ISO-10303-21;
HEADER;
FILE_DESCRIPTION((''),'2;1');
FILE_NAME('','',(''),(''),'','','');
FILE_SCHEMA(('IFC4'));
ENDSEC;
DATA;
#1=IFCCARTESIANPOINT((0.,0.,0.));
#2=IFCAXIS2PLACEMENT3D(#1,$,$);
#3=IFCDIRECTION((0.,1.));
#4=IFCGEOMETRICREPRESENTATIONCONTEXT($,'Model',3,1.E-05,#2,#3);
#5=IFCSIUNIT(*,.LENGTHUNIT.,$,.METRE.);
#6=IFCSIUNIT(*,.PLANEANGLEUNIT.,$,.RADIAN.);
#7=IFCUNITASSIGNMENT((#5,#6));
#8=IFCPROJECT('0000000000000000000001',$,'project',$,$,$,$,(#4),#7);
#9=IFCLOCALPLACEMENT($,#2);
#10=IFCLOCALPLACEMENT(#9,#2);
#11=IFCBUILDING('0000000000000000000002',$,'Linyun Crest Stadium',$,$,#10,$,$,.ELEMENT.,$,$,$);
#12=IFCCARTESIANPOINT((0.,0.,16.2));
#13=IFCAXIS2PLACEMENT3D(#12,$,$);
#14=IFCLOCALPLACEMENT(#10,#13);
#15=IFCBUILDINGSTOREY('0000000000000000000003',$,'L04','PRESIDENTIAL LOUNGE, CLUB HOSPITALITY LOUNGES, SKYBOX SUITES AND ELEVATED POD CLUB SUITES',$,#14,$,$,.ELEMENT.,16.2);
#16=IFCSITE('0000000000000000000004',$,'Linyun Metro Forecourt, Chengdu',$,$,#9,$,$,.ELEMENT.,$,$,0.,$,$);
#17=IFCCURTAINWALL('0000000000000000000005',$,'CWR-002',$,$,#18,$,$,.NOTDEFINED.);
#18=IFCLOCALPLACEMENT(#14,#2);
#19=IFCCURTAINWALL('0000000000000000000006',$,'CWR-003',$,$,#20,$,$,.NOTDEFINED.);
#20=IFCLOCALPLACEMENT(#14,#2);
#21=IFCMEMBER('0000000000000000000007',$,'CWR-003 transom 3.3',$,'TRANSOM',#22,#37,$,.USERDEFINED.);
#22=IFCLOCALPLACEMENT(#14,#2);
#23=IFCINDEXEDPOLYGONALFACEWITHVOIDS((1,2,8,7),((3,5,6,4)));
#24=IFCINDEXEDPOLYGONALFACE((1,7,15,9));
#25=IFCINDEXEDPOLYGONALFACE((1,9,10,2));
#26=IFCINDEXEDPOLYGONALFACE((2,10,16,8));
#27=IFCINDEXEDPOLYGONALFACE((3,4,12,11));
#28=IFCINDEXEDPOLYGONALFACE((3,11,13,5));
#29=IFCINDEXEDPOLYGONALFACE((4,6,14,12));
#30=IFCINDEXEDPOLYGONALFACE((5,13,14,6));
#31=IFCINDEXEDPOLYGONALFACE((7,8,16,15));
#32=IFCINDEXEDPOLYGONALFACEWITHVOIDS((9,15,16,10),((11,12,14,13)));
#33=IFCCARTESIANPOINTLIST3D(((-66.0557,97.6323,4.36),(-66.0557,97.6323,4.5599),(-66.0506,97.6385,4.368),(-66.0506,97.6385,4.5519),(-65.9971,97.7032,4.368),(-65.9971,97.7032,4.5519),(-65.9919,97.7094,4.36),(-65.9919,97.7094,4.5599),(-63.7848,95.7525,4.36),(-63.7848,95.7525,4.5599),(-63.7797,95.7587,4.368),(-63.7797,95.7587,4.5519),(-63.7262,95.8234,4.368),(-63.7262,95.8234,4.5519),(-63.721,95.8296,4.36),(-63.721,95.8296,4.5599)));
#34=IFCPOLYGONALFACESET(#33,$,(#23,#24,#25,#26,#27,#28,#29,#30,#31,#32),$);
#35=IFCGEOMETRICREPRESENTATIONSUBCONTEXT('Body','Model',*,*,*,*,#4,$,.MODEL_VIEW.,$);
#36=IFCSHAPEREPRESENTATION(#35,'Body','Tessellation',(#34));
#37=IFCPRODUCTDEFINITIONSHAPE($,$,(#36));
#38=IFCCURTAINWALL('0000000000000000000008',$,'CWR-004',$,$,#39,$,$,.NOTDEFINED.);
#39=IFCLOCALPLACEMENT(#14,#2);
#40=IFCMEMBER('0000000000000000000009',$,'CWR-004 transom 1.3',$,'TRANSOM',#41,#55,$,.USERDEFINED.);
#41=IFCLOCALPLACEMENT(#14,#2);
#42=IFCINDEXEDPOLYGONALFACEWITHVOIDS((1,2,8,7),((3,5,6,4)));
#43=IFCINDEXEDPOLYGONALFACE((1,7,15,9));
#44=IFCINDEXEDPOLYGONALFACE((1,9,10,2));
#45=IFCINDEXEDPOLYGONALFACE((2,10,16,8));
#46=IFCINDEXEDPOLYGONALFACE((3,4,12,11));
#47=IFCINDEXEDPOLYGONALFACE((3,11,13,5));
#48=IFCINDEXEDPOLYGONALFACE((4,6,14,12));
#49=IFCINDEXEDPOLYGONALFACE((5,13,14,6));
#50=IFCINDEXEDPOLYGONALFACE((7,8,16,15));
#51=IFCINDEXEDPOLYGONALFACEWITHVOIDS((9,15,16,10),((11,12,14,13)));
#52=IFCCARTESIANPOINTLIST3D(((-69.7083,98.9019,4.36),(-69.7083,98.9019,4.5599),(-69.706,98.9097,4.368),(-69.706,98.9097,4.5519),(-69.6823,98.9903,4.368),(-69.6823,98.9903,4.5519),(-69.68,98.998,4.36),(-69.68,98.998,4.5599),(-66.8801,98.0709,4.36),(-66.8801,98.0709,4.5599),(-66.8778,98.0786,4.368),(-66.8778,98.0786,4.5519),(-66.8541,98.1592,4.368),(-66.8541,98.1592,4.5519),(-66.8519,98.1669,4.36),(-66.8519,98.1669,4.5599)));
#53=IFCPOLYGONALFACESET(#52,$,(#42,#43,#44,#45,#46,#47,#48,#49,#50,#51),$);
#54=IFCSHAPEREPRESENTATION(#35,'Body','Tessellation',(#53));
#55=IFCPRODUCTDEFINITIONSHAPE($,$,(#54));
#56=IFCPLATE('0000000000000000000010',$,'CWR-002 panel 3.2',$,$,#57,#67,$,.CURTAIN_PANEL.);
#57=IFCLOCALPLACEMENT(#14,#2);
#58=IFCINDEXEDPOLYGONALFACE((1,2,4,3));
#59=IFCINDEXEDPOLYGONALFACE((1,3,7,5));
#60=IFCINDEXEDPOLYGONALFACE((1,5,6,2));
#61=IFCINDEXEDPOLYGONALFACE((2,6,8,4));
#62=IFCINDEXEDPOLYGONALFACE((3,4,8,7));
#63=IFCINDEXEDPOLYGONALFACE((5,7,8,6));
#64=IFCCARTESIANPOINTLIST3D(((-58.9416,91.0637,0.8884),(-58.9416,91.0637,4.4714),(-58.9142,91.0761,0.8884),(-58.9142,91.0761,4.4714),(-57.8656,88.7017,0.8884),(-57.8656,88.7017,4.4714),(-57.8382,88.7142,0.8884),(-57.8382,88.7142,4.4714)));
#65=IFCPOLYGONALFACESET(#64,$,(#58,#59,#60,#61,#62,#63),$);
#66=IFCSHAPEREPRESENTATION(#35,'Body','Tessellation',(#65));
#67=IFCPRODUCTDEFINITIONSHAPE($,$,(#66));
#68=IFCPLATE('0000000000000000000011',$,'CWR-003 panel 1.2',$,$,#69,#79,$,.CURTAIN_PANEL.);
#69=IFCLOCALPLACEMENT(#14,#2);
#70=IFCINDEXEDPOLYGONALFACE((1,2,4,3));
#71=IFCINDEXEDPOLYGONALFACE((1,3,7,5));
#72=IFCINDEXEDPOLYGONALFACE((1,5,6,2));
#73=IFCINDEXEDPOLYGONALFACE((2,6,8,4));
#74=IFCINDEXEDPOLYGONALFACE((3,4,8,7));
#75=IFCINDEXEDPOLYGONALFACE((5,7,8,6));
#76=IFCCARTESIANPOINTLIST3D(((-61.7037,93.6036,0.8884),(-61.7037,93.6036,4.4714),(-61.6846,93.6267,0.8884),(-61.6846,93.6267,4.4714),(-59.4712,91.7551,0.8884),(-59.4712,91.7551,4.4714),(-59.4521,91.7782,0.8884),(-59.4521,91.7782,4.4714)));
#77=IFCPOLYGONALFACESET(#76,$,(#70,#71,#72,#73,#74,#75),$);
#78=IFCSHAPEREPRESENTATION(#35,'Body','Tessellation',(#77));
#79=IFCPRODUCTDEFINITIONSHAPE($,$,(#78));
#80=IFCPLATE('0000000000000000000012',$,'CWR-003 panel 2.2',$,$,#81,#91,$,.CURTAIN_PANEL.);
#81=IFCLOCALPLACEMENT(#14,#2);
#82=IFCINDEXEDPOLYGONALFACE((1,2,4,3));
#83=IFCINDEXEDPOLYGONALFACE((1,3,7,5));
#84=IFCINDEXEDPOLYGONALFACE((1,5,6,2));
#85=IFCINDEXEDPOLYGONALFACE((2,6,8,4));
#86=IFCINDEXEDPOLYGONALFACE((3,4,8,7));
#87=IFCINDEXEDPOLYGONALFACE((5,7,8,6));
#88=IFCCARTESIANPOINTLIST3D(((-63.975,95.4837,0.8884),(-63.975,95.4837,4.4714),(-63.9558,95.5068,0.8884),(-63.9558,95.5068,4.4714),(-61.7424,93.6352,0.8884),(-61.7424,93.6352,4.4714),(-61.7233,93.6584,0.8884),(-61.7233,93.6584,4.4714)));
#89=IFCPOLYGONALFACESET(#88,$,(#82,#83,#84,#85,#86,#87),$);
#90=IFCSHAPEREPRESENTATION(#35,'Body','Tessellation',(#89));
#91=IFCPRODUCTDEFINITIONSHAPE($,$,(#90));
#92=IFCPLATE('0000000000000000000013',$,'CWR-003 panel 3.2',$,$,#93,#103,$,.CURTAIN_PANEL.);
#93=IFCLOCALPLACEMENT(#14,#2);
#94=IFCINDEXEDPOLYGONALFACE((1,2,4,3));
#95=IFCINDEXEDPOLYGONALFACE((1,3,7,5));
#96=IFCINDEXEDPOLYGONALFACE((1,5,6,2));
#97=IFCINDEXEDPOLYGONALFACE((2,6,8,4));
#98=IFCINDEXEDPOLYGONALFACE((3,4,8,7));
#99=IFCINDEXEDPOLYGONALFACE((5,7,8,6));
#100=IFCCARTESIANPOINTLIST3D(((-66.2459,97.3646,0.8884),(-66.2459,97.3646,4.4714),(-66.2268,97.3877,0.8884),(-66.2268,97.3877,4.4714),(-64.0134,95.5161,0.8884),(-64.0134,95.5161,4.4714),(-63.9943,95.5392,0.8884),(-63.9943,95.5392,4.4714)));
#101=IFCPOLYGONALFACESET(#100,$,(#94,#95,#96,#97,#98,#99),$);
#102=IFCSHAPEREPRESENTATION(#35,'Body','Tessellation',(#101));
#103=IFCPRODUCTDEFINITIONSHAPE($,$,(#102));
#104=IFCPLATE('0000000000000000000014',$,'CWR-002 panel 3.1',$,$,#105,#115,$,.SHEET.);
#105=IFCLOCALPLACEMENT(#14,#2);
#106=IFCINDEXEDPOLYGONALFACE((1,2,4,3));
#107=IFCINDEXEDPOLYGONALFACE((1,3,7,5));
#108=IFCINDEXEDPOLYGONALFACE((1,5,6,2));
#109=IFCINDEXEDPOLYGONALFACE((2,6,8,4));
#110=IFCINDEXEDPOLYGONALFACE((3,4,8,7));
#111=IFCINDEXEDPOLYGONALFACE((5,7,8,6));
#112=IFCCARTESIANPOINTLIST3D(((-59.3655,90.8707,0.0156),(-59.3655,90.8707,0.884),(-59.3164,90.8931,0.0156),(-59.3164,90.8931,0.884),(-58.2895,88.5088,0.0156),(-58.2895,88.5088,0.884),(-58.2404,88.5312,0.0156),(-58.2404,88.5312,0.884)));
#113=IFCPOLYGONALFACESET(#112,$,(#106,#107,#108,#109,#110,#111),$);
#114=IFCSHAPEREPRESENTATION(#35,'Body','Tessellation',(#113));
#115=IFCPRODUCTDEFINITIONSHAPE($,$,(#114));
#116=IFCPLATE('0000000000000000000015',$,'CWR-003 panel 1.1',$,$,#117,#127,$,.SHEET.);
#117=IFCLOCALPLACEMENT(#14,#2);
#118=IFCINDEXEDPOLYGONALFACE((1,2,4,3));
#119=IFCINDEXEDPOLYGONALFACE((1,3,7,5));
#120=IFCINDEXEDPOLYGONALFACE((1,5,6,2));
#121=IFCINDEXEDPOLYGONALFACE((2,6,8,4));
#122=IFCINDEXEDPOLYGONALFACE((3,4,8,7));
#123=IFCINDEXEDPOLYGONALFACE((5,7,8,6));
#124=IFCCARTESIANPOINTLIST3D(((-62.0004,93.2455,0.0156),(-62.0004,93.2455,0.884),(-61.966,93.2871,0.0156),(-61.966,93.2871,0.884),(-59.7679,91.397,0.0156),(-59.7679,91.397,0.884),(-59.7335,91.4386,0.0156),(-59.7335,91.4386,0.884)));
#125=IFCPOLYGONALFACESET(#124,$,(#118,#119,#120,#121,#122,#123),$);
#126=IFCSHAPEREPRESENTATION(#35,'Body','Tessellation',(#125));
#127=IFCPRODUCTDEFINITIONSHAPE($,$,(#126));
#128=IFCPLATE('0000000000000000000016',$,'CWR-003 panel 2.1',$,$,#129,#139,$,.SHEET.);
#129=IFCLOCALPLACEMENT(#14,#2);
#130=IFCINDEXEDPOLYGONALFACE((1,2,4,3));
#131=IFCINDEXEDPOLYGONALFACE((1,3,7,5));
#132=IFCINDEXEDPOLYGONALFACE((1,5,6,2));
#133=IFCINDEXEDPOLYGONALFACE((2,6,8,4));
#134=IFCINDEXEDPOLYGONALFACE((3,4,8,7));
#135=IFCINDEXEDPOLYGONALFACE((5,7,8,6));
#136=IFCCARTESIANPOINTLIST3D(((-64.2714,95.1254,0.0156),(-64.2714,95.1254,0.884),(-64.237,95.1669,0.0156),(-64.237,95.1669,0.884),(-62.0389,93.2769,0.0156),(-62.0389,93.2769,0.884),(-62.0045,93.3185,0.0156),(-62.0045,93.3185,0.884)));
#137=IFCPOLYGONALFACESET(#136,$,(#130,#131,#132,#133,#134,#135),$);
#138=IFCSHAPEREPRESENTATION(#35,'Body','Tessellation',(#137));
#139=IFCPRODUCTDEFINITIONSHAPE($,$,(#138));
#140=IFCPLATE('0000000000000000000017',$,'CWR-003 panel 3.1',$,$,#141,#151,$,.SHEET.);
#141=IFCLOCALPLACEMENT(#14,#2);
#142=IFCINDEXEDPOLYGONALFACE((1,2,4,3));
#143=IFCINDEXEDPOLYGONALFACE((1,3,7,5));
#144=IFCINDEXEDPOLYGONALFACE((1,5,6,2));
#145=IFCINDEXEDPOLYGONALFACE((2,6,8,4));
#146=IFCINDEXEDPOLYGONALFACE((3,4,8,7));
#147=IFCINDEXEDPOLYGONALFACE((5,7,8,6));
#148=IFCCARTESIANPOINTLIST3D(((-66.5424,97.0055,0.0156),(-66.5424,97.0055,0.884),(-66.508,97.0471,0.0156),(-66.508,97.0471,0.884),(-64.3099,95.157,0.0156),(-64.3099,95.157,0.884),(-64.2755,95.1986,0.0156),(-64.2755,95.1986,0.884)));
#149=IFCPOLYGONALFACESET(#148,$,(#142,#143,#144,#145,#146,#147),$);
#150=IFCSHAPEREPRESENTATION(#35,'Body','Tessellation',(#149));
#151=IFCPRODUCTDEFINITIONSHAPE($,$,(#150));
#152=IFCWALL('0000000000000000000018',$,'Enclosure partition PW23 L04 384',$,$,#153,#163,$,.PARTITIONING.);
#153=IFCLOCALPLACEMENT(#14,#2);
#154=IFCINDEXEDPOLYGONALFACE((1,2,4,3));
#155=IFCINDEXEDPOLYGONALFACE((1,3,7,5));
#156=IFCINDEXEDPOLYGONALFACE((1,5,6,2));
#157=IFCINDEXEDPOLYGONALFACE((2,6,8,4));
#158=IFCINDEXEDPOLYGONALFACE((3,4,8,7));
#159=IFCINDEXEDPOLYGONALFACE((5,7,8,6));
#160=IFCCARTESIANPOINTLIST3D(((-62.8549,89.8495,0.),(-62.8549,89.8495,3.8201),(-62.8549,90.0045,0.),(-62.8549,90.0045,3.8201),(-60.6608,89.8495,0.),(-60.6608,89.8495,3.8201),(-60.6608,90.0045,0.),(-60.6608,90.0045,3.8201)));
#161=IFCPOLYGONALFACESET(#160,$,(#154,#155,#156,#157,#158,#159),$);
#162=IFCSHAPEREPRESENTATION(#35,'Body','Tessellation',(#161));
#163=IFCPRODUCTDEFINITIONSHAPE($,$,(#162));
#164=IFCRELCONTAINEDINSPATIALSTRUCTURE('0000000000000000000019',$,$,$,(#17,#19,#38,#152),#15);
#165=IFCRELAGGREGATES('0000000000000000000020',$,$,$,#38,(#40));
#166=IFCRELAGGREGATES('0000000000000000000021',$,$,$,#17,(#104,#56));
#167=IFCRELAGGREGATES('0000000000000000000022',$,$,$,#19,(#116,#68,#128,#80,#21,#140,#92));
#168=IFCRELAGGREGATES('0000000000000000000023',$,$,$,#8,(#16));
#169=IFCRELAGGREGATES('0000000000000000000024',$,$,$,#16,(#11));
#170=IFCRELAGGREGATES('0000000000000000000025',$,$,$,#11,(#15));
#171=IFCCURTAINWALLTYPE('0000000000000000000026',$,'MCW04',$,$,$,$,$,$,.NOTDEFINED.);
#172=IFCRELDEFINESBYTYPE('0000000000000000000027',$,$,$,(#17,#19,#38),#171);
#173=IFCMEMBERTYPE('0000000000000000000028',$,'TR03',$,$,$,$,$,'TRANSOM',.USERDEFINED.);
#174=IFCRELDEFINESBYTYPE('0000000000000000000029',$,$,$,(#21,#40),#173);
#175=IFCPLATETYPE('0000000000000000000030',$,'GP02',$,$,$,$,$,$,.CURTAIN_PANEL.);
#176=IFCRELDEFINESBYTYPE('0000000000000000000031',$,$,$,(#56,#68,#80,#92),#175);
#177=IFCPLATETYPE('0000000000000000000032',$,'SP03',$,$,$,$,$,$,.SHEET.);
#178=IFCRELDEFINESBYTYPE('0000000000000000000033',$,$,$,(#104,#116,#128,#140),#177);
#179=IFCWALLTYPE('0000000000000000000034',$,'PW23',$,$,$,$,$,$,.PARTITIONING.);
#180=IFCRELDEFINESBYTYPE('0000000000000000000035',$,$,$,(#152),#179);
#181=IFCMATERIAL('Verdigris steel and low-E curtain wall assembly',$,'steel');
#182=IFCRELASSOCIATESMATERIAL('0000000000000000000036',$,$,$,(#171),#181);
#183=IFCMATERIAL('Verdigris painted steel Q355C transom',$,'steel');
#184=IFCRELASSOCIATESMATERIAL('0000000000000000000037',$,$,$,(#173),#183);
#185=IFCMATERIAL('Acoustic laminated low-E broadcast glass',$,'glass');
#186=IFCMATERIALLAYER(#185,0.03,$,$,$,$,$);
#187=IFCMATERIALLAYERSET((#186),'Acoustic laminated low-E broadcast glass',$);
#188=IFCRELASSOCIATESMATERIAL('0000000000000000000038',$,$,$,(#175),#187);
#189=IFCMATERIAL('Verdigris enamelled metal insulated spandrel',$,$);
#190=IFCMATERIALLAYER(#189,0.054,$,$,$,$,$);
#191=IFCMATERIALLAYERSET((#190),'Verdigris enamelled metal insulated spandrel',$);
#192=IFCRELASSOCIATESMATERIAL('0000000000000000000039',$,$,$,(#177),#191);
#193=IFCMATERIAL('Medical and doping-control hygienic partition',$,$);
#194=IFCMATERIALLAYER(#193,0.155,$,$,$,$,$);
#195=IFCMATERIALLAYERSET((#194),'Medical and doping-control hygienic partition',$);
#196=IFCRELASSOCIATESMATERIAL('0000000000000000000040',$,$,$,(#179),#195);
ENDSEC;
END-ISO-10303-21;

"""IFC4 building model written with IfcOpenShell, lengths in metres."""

from ifc_helpers import new_model, si_unit, direction, frame, frame_2d, origin, origin_2d, place, context, subcontext, project, spatial, rectangle, hollow_rectangle, extrude, material, layer, layer_set, material_profile, profile_set, type_object, element, aggregate, save


model = new_model("IFC4")

# Units and contexts
model_context = context("Model", 3, precision=1e-05, world=origin(), true_north=direction((0.0, 1.0)))
body_context = subcontext(model_context, "Body", "Model", "MODEL_VIEW")
ifc_project = project(units=[si_unit("LENGTHUNIT", "METRE"), si_unit("PLANEANGLEUNIT", "RADIAN")], contexts=[model_context])

# Site, building, storey
site_placement = place(None, origin())
site = spatial("IfcSite", under=ifc_project, at=site_placement, Name="Linyun Metro Forecourt, Chengdu", CompositionType="ELEMENT", RefElevation=0.0)
building_placement = place(site_placement, origin())
building = spatial("IfcBuilding", under=site, at=building_placement, Name="Linyun Crest Stadium", CompositionType="ELEMENT")
storey_placement = place(building_placement, frame((0.0, 0.0, 16.2)))
storey = spatial("IfcBuildingStorey", under=building, at=storey_placement, Name="L04", Description="PRESIDENTIAL LOUNGE, CLUB HOSPITALITY LOUNGES, SKYBOX SUITES AND ELEVATED POD CLUB SUITES", CompositionType="ELEMENT", Elevation=16.2)

# Curtain wall
ifc_material_1 = material(Name="Verdigris steel and low-E curtain wall assembly", Category="steel")
curtain_wall_type = type_object("IfcCurtainWallType", Name="MCW04", PredefinedType="NOTDEFINED", material=ifc_material_1)
curtain_wall_1_placement = place(storey_placement, origin())
curtain_wall_1 = element("IfcCurtainWall", 1, at=curtain_wall_1_placement, inside=storey, type_object=curtain_wall_type, Name="CWR-002", PredefinedType="NOTDEFINED")

# Curtain wall, member
curtain_wall_2_placement = place(storey_placement, origin())
curtain_wall_2 = element("IfcCurtainWall", 2, at=curtain_wall_2_placement, inside=storey, type_object=curtain_wall_type, Name="CWR-003", PredefinedType="NOTDEFINED")
ifc_material_2 = material(Name="Verdigris painted steel Q355C transom", Category="steel")
ifc_material_profile_1 = material_profile(ifc_material_2, hollow_rectangle(XDim=0.1001, YDim=0.2, WallThickness=0.0081, at=origin_2d()), Name="RHS 200x100x8")
ifc_profile_set_1 = profile_set([ifc_material_profile_1], Name="Verdigris painted steel Q355C transom")
member_type_1 = type_object("IfcMemberType", Name="TR03", ElementType="TRANSOM", PredefinedType="USERDEFINED", material=ifc_profile_set_1)
member_1_placement = place(storey_placement, frame((-63.7529, 95.791, 4.46), z_axis=(-0.770321, 0.637656, 0.0), x_axis=(-0.637656, -0.770321, 0.0)))
member_1 = element("IfcMember", 3, at=member_1_placement, type_object=member_type_1, Name="CWR-003 transom 3.3", ObjectType="TRANSOM", PredefinedType="USERDEFINED", context=body_context, shape_type="SweptSolid", body=[
    extrude(hollow_rectangle(XDim=0.1001, YDim=0.2, WallThickness=0.0081, at=origin_2d()), origin(), (0.0, 0.0, 1.0), 2.948),
])

# Curtain wall, member
curtain_wall_3_placement = place(storey_placement, origin())
curtain_wall_3 = element("IfcCurtainWall", 4, at=curtain_wall_3_placement, inside=storey, type_object=curtain_wall_type, Name="CWR-004", PredefinedType="NOTDEFINED")
member_2_placement = place(storey_placement, frame((-66.866, 98.1189, 4.46), z_axis=(-0.959434, 0.281933, 0.0), x_axis=(-0.281933, -0.959434, 0.0)))
member_2 = element("IfcMember", 5, at=member_2_placement, type_object=member_type_1, Name="CWR-004 transom 1.3", ObjectType="TRANSOM", PredefinedType="USERDEFINED", context=body_context, shape_type="SweptSolid", body=[
    extrude(hollow_rectangle(XDim=0.1001, YDim=0.2, WallThickness=0.0081, at=origin_2d()), origin(), (0.0, 0.0, 1.0), 2.9478),
])
aggregate(curtain_wall_3, [member_2])

# Plates
ifc_material_3 = material(Name="Acoustic laminated low-E broadcast glass", Category="glass")
ifc_layer_1 = layer(ifc_material_3, 0.03)
ifc_layer_set_1 = layer_set([ifc_layer_1], Name="Acoustic laminated low-E broadcast glass")
plate_type_1 = type_object("IfcPlateType", Name="GP02", PredefinedType="CURTAIN_PANEL", material=ifc_layer_set_1)
plate_1_placement = place(storey_placement, frame((-58.3899, 89.8889, 0.8884), z_axis=(0.0, 0.0, 1.0), x_axis=(-0.414566, 0.910019, 0.0)))
plate_1 = element("IfcPlate", 6, at=plate_1_placement, type_object=plate_type_1, Name="CWR-002 panel 3.2", PredefinedType="CURTAIN_PANEL", context=body_context, shape_type="SweptSolid", body=[
    extrude(rectangle(XDim=2.5955, YDim=0.03, at=origin_2d()), origin(), (0.0, 0.0, 1.0), 3.583),
])
plate_2_placement = place(storey_placement, frame((-60.5779, 92.6909, 0.8884), z_axis=(0.0, 0.0, 1.0), x_axis=(-0.770246, 0.637747, 0.0)))
plate_2 = element("IfcPlate", 7, at=plate_2_placement, type_object=plate_type_1, Name="CWR-003 panel 1.2", PredefinedType="CURTAIN_PANEL", context=body_context, shape_type="SweptSolid", body=[
    extrude(rectangle(XDim=2.8984, YDim=0.03, at=origin_2d()), origin(), (0.0, 0.0, 1.0), 3.583),
])
plate_3_placement = place(storey_placement, frame((-62.8491, 94.571, 0.8884), z_axis=(0.0, 0.0, 1.0), x_axis=(-0.770246, 0.637747, 0.0)))
plate_3 = element("IfcPlate", 8, at=plate_3_placement, type_object=plate_type_1, Name="CWR-003 panel 2.2", PredefinedType="CURTAIN_PANEL", context=body_context, shape_type="SweptSolid", body=[
    extrude(rectangle(XDim=2.8984, YDim=0.03, at=origin_2d()), origin(), (0.0, 0.0, 1.0), 3.583),
])
plate_4_placement = place(storey_placement, frame((-65.1201, 96.4519, 0.8884), z_axis=(0.0, 0.0, 1.0), x_axis=(-0.770246, 0.637747, 0.0)))
plate_4 = element("IfcPlate", 9, at=plate_4_placement, type_object=plate_type_1, Name="CWR-003 panel 3.2", PredefinedType="CURTAIN_PANEL", context=body_context, shape_type="SweptSolid", body=[
    extrude(rectangle(XDim=2.8984, YDim=0.03, at=origin_2d()), origin(), (0.0, 0.0, 1.0), 3.583),
])
ifc_material_4 = material(Name="Verdigris enamelled metal insulated spandrel")
ifc_layer_2 = layer(ifc_material_4, 0.054)
ifc_layer_set_2 = layer_set([ifc_layer_2], Name="Verdigris enamelled metal insulated spandrel")
plate_type_2 = type_object("IfcPlateType", Name="SP03", PredefinedType="SHEET", material=ifc_layer_set_2)
plate_5_placement = place(storey_placement, frame((-58.803, 89.7009, 0.0156), z_axis=(0.0, 0.0, 1.0), x_axis=(-0.414566, 0.910019, 0.0)))
plate_5 = element("IfcPlate", 10, at=plate_5_placement, type_object=plate_type_2, Name="CWR-002 panel 3.1", PredefinedType="SHEET", context=body_context, shape_type="SweptSolid", body=[
    extrude(rectangle(XDim=2.5955, YDim=0.054, at=origin_2d()), origin(), (0.0, 0.0, 1.0), 0.8684),
])
aggregate(curtain_wall_1, [plate_5, plate_1])
plate_6_placement = place(storey_placement, frame((-60.8669, 92.342, 0.0156), z_axis=(0.0, 0.0, 1.0), x_axis=(-0.770246, 0.637747, 0.0)))
plate_6 = element("IfcPlate", 11, at=plate_6_placement, type_object=plate_type_2, Name="CWR-003 panel 1.1", PredefinedType="SHEET", context=body_context, shape_type="SweptSolid", body=[
    extrude(rectangle(XDim=2.8984, YDim=0.054, at=origin_2d()), origin(), (0.0, 0.0, 1.0), 0.8684),
])
plate_7_placement = place(storey_placement, frame((-63.1379, 94.2219, 0.0156), z_axis=(0.0, 0.0, 1.0), x_axis=(-0.770246, 0.637747, 0.0)))
plate_7 = element("IfcPlate", 12, at=plate_7_placement, type_object=plate_type_2, Name="CWR-003 panel 2.1", PredefinedType="SHEET", context=body_context, shape_type="SweptSolid", body=[
    extrude(rectangle(XDim=2.8984, YDim=0.054, at=origin_2d()), origin(), (0.0, 0.0, 1.0), 0.8684),
])
plate_8_placement = place(storey_placement, frame((-65.4089, 96.1021, 0.0156), z_axis=(0.0, 0.0, 1.0), x_axis=(-0.770246, 0.637747, 0.0)))
plate_8 = element("IfcPlate", 13, at=plate_8_placement, type_object=plate_type_2, Name="CWR-003 panel 3.1", PredefinedType="SHEET", context=body_context, shape_type="SweptSolid", body=[
    extrude(rectangle(XDim=2.8984, YDim=0.054, at=origin_2d()), origin(), (0.0, 0.0, 1.0), 0.8684),
])
aggregate(curtain_wall_2, [plate_6, plate_2, plate_7, plate_3, member_1, plate_8, plate_4])

# Wall
ifc_material_5 = material(Name="Medical and doping-control hygienic partition")
ifc_layer_3 = layer(ifc_material_5, 0.155)
ifc_layer_set_3 = layer_set([ifc_layer_3], Name="Medical and doping-control hygienic partition")
wall_type = type_object("IfcWallType", Name="PW23", PredefinedType="PARTITIONING", material=ifc_layer_set_3)
wall_placement = place(storey_placement, frame((-62.855, 89.927, 0.0), z_axis=(0.0, 0.0, 1.0), x_axis=(1.0, 0.0, 0.0)))
element("IfcWall", 14, at=wall_placement, inside=storey, type_object=wall_type, Name="Enclosure partition PW23 L04 384", PredefinedType="PARTITIONING", context=body_context, shape_type="SweptSolid", body=[
    extrude(rectangle(XDim=2.1941, YDim=0.155, at=frame_2d((1.0972, 0.0))), origin(), (0.0, 0.0, 1.0), 3.8201),
])

save(model, "model.ifc")
